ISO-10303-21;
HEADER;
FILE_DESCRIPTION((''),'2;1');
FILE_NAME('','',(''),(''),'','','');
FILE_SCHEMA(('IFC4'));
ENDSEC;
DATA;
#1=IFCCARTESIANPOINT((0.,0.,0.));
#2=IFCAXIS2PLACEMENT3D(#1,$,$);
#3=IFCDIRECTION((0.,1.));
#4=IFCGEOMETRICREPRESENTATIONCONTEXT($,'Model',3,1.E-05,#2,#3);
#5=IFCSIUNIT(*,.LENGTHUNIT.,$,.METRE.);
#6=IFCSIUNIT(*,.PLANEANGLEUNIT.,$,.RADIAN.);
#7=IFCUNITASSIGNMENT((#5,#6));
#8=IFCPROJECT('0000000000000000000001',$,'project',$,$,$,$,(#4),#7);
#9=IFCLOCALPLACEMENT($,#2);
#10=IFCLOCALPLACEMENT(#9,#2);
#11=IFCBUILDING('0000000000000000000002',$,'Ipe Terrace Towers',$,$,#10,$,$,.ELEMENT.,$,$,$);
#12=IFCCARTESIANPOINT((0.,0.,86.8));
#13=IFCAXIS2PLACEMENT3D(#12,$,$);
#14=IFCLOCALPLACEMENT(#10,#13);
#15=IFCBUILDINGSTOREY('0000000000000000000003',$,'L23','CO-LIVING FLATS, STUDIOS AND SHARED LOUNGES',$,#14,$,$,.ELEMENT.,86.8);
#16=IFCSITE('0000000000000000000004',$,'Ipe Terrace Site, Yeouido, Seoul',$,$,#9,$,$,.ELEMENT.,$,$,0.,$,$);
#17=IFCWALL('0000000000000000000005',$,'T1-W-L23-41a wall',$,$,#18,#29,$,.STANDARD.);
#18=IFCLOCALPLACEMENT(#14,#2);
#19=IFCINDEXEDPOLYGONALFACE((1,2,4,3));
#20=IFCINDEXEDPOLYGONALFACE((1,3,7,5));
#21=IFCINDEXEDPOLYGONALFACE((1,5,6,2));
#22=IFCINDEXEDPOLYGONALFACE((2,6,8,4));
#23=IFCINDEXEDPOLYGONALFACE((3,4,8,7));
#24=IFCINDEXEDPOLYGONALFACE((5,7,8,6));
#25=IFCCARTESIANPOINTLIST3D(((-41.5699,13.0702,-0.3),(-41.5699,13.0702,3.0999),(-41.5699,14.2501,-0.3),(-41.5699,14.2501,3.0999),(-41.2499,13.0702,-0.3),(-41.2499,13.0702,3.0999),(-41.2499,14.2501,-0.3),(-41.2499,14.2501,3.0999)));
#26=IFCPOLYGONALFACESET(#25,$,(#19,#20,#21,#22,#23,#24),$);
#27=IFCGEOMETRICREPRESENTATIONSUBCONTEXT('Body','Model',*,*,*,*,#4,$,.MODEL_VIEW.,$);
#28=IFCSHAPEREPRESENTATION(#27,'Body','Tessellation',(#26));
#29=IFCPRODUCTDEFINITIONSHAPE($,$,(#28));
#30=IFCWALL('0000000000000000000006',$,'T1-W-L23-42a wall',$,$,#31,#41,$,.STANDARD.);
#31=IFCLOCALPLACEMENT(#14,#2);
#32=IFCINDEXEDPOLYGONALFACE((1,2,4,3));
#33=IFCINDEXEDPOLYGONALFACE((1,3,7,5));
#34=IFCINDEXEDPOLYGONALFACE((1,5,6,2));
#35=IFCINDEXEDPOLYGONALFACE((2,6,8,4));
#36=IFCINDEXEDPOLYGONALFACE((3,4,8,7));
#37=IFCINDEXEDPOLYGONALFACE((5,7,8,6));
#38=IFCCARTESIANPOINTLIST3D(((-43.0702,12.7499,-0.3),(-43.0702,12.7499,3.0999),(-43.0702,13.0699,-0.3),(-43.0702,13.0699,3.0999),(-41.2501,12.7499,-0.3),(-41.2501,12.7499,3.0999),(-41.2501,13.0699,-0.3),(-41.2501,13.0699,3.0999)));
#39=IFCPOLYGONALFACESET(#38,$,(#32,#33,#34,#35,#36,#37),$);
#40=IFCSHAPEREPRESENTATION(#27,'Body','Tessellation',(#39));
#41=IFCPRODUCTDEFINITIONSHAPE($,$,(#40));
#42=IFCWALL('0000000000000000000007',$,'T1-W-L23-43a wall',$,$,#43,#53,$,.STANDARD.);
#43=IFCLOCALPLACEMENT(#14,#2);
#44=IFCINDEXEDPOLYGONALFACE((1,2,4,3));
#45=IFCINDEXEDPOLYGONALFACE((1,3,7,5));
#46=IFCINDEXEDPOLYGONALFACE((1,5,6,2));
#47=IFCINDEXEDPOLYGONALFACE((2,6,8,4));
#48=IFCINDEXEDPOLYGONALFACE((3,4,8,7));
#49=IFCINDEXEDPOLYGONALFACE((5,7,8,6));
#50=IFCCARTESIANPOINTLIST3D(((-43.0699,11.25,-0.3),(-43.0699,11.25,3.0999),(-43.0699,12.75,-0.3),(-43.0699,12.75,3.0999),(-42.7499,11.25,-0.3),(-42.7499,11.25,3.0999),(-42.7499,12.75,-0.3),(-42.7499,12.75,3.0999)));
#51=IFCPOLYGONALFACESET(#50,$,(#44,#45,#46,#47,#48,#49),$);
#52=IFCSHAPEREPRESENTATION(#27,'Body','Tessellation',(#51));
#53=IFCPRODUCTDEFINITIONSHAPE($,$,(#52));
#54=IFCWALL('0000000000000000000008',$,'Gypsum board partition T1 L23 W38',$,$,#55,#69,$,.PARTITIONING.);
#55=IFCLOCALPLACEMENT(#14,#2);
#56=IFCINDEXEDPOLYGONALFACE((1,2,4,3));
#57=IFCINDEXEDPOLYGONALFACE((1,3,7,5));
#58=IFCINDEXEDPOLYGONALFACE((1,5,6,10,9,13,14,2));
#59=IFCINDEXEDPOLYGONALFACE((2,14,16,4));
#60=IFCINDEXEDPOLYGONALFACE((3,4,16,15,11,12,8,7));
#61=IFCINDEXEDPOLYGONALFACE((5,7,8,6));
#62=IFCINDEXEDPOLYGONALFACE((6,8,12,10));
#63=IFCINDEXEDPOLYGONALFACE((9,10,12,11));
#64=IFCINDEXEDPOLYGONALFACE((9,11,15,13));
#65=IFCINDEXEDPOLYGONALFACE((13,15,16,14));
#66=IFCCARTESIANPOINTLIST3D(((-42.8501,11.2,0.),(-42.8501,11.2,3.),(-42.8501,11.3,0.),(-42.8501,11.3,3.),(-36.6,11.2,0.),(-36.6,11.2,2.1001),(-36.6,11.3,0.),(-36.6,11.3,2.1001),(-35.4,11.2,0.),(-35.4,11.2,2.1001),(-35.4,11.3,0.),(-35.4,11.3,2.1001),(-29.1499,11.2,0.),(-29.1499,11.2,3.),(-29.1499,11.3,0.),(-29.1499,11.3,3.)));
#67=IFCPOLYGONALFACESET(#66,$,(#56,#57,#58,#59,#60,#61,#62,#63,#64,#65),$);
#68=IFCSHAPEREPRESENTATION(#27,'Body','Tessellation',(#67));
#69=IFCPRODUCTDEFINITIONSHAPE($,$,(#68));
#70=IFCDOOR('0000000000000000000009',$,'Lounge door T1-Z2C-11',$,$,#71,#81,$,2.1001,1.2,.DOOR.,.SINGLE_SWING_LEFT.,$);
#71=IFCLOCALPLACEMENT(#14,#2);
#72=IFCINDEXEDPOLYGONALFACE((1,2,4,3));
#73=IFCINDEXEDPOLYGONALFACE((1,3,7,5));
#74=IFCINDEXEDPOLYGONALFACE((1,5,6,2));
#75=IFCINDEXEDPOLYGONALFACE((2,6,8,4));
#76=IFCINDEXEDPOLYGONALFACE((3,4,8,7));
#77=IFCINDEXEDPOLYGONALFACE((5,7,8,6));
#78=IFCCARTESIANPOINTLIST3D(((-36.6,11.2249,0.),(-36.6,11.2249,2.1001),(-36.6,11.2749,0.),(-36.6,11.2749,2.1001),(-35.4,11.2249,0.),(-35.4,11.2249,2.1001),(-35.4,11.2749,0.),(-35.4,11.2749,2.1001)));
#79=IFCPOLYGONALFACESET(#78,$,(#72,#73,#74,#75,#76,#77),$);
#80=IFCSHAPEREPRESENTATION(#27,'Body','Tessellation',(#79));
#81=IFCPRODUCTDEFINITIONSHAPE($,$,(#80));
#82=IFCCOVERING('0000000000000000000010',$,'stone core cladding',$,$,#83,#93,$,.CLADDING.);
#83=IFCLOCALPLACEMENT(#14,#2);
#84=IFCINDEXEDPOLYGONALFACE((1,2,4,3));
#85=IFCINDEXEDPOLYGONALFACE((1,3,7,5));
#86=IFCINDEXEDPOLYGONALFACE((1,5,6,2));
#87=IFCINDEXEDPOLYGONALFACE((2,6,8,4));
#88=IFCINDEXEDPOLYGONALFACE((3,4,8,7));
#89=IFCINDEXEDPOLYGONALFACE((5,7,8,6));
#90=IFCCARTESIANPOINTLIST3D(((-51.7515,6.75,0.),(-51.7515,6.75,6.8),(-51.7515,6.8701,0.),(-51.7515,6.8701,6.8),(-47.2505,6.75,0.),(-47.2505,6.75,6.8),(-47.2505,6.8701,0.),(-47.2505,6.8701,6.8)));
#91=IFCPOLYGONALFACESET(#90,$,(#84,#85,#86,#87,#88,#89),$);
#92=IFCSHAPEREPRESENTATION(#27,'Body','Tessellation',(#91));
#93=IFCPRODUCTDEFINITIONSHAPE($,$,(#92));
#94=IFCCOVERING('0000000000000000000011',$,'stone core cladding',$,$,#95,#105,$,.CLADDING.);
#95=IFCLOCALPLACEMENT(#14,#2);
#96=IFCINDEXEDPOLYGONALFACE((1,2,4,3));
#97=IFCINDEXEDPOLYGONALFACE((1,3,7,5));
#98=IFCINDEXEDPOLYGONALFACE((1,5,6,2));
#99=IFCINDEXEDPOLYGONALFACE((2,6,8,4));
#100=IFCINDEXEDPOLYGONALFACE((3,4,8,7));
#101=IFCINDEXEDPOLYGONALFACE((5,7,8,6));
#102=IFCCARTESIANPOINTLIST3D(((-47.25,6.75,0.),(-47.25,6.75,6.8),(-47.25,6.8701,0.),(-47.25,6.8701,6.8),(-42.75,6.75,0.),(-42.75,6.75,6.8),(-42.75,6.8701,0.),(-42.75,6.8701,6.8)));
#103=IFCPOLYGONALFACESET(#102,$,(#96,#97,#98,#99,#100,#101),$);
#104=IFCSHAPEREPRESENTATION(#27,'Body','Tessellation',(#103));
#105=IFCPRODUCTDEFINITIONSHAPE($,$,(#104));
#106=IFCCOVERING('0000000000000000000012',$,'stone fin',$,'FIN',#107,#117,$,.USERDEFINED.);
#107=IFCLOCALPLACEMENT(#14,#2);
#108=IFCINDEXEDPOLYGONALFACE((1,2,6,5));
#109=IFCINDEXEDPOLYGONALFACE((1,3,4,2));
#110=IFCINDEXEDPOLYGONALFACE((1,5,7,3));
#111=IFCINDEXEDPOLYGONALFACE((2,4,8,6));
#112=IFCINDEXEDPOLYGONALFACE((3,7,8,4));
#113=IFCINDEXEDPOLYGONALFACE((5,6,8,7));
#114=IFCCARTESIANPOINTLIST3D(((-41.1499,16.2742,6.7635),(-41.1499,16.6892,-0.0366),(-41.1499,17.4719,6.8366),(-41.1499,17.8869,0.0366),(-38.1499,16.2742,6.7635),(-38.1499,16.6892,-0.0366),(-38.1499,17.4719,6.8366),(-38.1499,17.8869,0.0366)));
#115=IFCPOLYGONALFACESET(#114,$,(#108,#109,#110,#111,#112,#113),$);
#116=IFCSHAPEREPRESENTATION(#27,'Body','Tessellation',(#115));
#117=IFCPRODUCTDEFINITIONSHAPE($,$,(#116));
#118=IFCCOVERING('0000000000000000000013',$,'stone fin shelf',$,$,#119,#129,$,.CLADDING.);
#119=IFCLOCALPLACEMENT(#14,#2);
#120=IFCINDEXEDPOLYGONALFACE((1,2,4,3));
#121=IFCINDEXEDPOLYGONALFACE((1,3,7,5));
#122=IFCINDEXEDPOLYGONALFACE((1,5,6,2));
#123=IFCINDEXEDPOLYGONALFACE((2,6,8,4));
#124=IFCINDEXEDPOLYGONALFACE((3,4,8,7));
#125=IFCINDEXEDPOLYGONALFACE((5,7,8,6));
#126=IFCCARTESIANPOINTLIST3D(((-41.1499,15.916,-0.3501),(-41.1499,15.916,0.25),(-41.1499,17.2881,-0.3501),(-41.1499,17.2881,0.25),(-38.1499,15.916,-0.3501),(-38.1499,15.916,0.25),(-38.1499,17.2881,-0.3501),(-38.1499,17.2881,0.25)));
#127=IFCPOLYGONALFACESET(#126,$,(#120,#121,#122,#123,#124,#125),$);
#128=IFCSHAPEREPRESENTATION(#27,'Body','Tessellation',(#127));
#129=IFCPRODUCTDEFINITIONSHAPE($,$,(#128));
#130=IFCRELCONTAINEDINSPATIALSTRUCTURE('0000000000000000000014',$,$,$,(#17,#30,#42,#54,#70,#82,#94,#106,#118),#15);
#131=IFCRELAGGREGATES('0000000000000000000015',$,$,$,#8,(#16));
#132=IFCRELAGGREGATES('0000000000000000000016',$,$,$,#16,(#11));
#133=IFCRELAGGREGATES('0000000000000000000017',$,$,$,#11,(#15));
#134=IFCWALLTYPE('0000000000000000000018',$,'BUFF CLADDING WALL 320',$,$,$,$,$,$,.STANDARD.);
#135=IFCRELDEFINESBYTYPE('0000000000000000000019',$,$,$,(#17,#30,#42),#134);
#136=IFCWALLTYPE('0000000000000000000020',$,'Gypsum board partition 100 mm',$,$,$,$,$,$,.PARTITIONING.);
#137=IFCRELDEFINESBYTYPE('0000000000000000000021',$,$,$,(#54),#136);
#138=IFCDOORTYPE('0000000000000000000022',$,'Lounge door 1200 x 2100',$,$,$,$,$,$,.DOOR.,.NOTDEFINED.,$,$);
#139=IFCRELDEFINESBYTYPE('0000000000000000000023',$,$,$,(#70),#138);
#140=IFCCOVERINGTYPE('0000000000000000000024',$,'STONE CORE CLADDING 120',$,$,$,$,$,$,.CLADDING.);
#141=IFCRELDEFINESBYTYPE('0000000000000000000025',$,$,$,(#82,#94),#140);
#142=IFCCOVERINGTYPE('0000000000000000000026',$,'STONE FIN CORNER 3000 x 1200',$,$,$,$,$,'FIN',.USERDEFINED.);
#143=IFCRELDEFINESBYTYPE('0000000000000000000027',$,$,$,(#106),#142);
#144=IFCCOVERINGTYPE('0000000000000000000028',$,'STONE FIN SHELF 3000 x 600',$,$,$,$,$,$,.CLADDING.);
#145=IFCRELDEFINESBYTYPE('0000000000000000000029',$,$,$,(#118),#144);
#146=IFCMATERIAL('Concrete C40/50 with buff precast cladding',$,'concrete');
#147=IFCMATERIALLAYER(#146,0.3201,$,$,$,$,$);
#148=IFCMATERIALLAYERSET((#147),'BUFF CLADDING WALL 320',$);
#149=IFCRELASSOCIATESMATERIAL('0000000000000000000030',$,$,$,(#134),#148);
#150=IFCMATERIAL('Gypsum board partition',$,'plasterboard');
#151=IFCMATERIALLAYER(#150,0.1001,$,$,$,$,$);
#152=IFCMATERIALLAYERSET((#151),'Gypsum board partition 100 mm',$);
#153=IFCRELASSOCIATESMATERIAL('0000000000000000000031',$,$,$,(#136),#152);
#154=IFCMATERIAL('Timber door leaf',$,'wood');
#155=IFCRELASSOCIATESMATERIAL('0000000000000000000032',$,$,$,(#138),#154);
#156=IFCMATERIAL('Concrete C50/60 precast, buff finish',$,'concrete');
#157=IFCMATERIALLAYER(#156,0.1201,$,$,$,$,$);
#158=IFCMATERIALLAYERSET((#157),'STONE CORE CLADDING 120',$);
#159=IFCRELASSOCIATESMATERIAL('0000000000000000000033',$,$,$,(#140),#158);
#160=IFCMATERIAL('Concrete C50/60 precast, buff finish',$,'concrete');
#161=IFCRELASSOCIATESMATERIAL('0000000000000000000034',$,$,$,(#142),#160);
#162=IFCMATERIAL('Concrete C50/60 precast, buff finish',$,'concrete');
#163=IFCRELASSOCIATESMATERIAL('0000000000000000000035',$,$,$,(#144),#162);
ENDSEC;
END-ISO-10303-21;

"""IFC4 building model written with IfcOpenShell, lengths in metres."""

from ifc_helpers import new_model, si_unit, direction, frame, frame_2d, origin, origin_2d, place, context, subcontext, project, spatial, rectangle, extrude, material, layer, layer_set, material_profile, profile_set, type_object, element, fill, save


model = new_model("IFC4")

# Units and contexts
model_context = context("Model", 3, precision=1e-05, world=origin(), true_north=direction((0.0, 1.0)))
body_context = subcontext(model_context, "Body", "Model", "MODEL_VIEW")
ifc_project = project(units=[si_unit("LENGTHUNIT", "METRE"), si_unit("PLANEANGLEUNIT", "RADIAN")], contexts=[model_context])

# Site, building, storey
site_placement = place(None, origin())
site = spatial("IfcSite", under=ifc_project, at=site_placement, Name="Ipe Terrace Site, Yeouido, Seoul", CompositionType="ELEMENT", RefElevation=0.0)
building_placement = place(site_placement, origin())
building = spatial("IfcBuilding", under=site, at=building_placement, Name="Ipe Terrace Towers", CompositionType="ELEMENT")
storey_placement = place(building_placement, frame((0.0, 0.0, 86.8)))
storey = spatial("IfcBuildingStorey", under=building, at=storey_placement, Name="L23", Description="CO-LIVING FLATS, STUDIOS AND SHARED LOUNGES", CompositionType="ELEMENT", Elevation=86.8)

# Walls
ifc_material_1 = material(Name="Concrete C40/50 with buff precast cladding", Category="concrete")
ifc_layer_1 = layer(ifc_material_1, 0.3201)
ifc_layer_set_1 = layer_set([ifc_layer_1], Name="BUFF CLADDING WALL 320")
wall_type_1 = type_object("IfcWallType", Name="BUFF CLADDING WALL 320", PredefinedType="STANDARD", material=ifc_layer_set_1)
wall_1_placement = place(storey_placement, frame((-41.4099, 14.25, -0.3), z_axis=(0.0, 0.0, 1.0), x_axis=(0.0, -1.0, 0.0)))
element("IfcWall", 1, at=wall_1_placement, inside=storey, type_object=wall_type_1, Name="T1-W-L23-41a wall", PredefinedType="STANDARD", context=body_context, shape_type="SweptSolid", body=[
    extrude(rectangle(XDim=1.1799, YDim=0.3201, at=frame_2d((0.5898, 0.0))), origin(), (0.0, 0.0, 1.0), 3.3999),
])
wall_2_placement = place(storey_placement, frame((-41.25, 12.9099, -0.3), z_axis=(0.0, 0.0, 1.0), x_axis=(-1.0, 0.0, 0.0)))
element("IfcWall", 2, at=wall_2_placement, inside=storey, type_object=wall_type_1, Name="T1-W-L23-42a wall", PredefinedType="STANDARD", context=body_context, shape_type="SweptSolid", body=[
    extrude(rectangle(XDim=1.8201, YDim=0.3201, at=frame_2d((0.9102, 0.0))), origin(), (0.0, 0.0, 1.0), 3.3999),
])
wall_3_placement = place(storey_placement, frame((-42.9099, 12.75, -0.3), z_axis=(0.0, 0.0, 1.0), x_axis=(0.0, -1.0, 0.0)))
element("IfcWall", 3, at=wall_3_placement, inside=storey, type_object=wall_type_1, Name="T1-W-L23-43a wall", PredefinedType="STANDARD", context=body_context, shape_type="SweptSolid", body=[
    extrude(rectangle(XDim=1.5, YDim=0.3201, at=frame_2d((0.75, 0.0))), origin(), (0.0, 0.0, 1.0), 3.3999),
])

# Wall, opening, door
ifc_material_2 = material(Name="Gypsum board partition", Category="plasterboard")
ifc_layer_2 = layer(ifc_material_2, 0.1001)
ifc_layer_set_2 = layer_set([ifc_layer_2], Name="Gypsum board partition 100 mm")
wall_type_2 = type_object("IfcWallType", Name="Gypsum board partition 100 mm", PredefinedType="PARTITIONING", material=ifc_layer_set_2)
wall_4_placement = place(storey_placement, frame((-42.8501, 11.25, 0.0), z_axis=(0.0, 0.0, 1.0), x_axis=(1.0, 0.0, 0.0)))
wall_4 = element("IfcWall", 4, at=wall_4_placement, inside=storey, type_object=wall_type_2, Name="Gypsum board partition T1 L23 W38", PredefinedType="PARTITIONING", context=body_context, shape_type="SweptSolid", body=[
    extrude(rectangle(XDim=13.7002, YDim=0.1001, at=frame_2d((6.8501, 0.0))), origin(), (0.0, 0.0, 1.0), 3.0),
])
opening_placement = place(wall_4_placement, frame((6.25, 0.0, 0.0)))
opening = element("IfcOpeningElement", 5, at=opening_placement, cuts=wall_4, PredefinedType="OPENING", context=body_context, shape_type="SweptSolid", body=[
    extrude(rectangle(XDim=1.2, YDim=2.1001, at=frame_2d((0.6001, 1.05))), frame((0.0, 0.0601, 0.0), z_axis=(0.0, -1.0, 0.0), x_axis=(1.0, 0.0, 0.0)), (0.0, 0.0, 1.0), 0.1201),
])
ifc_material_3 = material(Name="Timber door leaf", Category="wood")
door_type = type_object("IfcDoorType", Name="Lounge door 1200 x 2100", OperationType="NOTDEFINED", PredefinedType="DOOR", material=ifc_material_3)
door_placement = place(opening_placement, origin())
door = element("IfcDoor", 6, at=door_placement, inside=storey, type_object=door_type, Name="Lounge door T1-Z2C-11", OperationType="SINGLE_SWING_LEFT", OverallHeight=2.1001, OverallWidth=1.2, PredefinedType="DOOR", context=body_context, shape_type="SweptSolid", body=[
    extrude(rectangle(XDim=1.2, YDim=2.1001, at=frame_2d((0.6001, 1.05))), frame((0.0, 0.0249, 0.0), z_axis=(0.0, -1.0, 0.0), x_axis=(1.0, 0.0, 0.0)), (0.0, 0.0, 1.0), 0.05),
])
fill(opening, door)

# Coverings
ifc_material_4 = material(Name="Concrete C50/60 precast, buff finish", Category="concrete")
ifc_layer_3 = layer(ifc_material_4, 0.1201)
ifc_layer_set_3 = layer_set([ifc_layer_3], Name="STONE CORE CLADDING 120")
covering_type_1 = type_object("IfcCoveringType", Name="STONE CORE CLADDING 120", PredefinedType="CLADDING", material=ifc_layer_set_3)
covering_1_placement = place(storey_placement, frame((-49.501, 6.8101, 0.0), z_axis=(0.0, 0.0, 1.0), x_axis=(-1.0, 0.0, 0.0)))
element("IfcCovering", 7, at=covering_1_placement, inside=storey, type_object=covering_type_1, Name="stone core cladding", PredefinedType="CLADDING", context=body_context, shape_type="SweptSolid", body=[
    extrude(rectangle(XDim=4.501, YDim=0.1201, at=origin_2d()), origin(), (0.0, 0.0, 1.0), 6.8),
])
covering_2_placement = place(storey_placement, frame((-45.0, 6.8101, 0.0), z_axis=(0.0, 0.0, 1.0), x_axis=(-1.0, 0.0, 0.0)))
element("IfcCovering", 8, at=covering_2_placement, inside=storey, type_object=covering_type_1, Name="stone core cladding", PredefinedType="CLADDING", context=body_context, shape_type="SweptSolid", body=[
    extrude(rectangle(XDim=4.5, YDim=0.1201, at=origin_2d()), origin(), (0.0, 0.0, 1.0), 6.8),
])
ifc_material_5 = material(Name="Concrete C50/60 precast, buff finish", Category="concrete")
ifc_material_profile_1 = material_profile(ifc_material_5, rectangle(XDim=3.0, YDim=1.2, at=origin_2d()), Name="STONE FIN CORNER 3000 x 1200")
ifc_profile_set_1 = profile_set([ifc_material_profile_1], Name="Concrete C50/60 precast, buff finish")
covering_type_2 = type_object("IfcCoveringType", Name="STONE FIN CORNER 3000 x 1200", ElementType="FIN", PredefinedType="USERDEFINED", material=ifc_profile_set_1)
covering_3_placement = place(storey_placement, frame((-39.6499, 17.2881, 0.0), z_axis=(0.0, -0.060921, 0.998143), x_axis=(-1.0, 0.0, 0.0)))
element("IfcCovering", 9, at=covering_3_placement, inside=storey, type_object=covering_type_2, Name="stone fin", ObjectType="FIN", PredefinedType="USERDEFINED", context=body_context, shape_type="SweptSolid", body=[
    extrude(rectangle(XDim=3.0, YDim=1.2, at=origin_2d()), origin(), (0.0, 0.0, 1.0), 6.8127),
])
ifc_material_6 = material(Name="Concrete C50/60 precast, buff finish", Category="concrete")
covering_type_3 = type_object("IfcCoveringType", Name="STONE FIN SHELF 3000 x 600", PredefinedType="CLADDING", material=ifc_material_6)
covering_4_placement = place(storey_placement, frame((-39.6499, 16.6021, -0.3501), z_axis=(0.0, 0.0, 1.0), x_axis=(-1.0, 0.0, 0.0)))
element("IfcCovering", 10, at=covering_4_placement, inside=storey, type_object=covering_type_3, Name="stone fin shelf", PredefinedType="CLADDING", context=body_context, shape_type="SweptSolid", body=[
    extrude(rectangle(XDim=3.0, YDim=1.3721, at=origin_2d()), origin(), (0.0, 0.0, 1.0), 0.6001),
])

save(model, "model.ifc")
